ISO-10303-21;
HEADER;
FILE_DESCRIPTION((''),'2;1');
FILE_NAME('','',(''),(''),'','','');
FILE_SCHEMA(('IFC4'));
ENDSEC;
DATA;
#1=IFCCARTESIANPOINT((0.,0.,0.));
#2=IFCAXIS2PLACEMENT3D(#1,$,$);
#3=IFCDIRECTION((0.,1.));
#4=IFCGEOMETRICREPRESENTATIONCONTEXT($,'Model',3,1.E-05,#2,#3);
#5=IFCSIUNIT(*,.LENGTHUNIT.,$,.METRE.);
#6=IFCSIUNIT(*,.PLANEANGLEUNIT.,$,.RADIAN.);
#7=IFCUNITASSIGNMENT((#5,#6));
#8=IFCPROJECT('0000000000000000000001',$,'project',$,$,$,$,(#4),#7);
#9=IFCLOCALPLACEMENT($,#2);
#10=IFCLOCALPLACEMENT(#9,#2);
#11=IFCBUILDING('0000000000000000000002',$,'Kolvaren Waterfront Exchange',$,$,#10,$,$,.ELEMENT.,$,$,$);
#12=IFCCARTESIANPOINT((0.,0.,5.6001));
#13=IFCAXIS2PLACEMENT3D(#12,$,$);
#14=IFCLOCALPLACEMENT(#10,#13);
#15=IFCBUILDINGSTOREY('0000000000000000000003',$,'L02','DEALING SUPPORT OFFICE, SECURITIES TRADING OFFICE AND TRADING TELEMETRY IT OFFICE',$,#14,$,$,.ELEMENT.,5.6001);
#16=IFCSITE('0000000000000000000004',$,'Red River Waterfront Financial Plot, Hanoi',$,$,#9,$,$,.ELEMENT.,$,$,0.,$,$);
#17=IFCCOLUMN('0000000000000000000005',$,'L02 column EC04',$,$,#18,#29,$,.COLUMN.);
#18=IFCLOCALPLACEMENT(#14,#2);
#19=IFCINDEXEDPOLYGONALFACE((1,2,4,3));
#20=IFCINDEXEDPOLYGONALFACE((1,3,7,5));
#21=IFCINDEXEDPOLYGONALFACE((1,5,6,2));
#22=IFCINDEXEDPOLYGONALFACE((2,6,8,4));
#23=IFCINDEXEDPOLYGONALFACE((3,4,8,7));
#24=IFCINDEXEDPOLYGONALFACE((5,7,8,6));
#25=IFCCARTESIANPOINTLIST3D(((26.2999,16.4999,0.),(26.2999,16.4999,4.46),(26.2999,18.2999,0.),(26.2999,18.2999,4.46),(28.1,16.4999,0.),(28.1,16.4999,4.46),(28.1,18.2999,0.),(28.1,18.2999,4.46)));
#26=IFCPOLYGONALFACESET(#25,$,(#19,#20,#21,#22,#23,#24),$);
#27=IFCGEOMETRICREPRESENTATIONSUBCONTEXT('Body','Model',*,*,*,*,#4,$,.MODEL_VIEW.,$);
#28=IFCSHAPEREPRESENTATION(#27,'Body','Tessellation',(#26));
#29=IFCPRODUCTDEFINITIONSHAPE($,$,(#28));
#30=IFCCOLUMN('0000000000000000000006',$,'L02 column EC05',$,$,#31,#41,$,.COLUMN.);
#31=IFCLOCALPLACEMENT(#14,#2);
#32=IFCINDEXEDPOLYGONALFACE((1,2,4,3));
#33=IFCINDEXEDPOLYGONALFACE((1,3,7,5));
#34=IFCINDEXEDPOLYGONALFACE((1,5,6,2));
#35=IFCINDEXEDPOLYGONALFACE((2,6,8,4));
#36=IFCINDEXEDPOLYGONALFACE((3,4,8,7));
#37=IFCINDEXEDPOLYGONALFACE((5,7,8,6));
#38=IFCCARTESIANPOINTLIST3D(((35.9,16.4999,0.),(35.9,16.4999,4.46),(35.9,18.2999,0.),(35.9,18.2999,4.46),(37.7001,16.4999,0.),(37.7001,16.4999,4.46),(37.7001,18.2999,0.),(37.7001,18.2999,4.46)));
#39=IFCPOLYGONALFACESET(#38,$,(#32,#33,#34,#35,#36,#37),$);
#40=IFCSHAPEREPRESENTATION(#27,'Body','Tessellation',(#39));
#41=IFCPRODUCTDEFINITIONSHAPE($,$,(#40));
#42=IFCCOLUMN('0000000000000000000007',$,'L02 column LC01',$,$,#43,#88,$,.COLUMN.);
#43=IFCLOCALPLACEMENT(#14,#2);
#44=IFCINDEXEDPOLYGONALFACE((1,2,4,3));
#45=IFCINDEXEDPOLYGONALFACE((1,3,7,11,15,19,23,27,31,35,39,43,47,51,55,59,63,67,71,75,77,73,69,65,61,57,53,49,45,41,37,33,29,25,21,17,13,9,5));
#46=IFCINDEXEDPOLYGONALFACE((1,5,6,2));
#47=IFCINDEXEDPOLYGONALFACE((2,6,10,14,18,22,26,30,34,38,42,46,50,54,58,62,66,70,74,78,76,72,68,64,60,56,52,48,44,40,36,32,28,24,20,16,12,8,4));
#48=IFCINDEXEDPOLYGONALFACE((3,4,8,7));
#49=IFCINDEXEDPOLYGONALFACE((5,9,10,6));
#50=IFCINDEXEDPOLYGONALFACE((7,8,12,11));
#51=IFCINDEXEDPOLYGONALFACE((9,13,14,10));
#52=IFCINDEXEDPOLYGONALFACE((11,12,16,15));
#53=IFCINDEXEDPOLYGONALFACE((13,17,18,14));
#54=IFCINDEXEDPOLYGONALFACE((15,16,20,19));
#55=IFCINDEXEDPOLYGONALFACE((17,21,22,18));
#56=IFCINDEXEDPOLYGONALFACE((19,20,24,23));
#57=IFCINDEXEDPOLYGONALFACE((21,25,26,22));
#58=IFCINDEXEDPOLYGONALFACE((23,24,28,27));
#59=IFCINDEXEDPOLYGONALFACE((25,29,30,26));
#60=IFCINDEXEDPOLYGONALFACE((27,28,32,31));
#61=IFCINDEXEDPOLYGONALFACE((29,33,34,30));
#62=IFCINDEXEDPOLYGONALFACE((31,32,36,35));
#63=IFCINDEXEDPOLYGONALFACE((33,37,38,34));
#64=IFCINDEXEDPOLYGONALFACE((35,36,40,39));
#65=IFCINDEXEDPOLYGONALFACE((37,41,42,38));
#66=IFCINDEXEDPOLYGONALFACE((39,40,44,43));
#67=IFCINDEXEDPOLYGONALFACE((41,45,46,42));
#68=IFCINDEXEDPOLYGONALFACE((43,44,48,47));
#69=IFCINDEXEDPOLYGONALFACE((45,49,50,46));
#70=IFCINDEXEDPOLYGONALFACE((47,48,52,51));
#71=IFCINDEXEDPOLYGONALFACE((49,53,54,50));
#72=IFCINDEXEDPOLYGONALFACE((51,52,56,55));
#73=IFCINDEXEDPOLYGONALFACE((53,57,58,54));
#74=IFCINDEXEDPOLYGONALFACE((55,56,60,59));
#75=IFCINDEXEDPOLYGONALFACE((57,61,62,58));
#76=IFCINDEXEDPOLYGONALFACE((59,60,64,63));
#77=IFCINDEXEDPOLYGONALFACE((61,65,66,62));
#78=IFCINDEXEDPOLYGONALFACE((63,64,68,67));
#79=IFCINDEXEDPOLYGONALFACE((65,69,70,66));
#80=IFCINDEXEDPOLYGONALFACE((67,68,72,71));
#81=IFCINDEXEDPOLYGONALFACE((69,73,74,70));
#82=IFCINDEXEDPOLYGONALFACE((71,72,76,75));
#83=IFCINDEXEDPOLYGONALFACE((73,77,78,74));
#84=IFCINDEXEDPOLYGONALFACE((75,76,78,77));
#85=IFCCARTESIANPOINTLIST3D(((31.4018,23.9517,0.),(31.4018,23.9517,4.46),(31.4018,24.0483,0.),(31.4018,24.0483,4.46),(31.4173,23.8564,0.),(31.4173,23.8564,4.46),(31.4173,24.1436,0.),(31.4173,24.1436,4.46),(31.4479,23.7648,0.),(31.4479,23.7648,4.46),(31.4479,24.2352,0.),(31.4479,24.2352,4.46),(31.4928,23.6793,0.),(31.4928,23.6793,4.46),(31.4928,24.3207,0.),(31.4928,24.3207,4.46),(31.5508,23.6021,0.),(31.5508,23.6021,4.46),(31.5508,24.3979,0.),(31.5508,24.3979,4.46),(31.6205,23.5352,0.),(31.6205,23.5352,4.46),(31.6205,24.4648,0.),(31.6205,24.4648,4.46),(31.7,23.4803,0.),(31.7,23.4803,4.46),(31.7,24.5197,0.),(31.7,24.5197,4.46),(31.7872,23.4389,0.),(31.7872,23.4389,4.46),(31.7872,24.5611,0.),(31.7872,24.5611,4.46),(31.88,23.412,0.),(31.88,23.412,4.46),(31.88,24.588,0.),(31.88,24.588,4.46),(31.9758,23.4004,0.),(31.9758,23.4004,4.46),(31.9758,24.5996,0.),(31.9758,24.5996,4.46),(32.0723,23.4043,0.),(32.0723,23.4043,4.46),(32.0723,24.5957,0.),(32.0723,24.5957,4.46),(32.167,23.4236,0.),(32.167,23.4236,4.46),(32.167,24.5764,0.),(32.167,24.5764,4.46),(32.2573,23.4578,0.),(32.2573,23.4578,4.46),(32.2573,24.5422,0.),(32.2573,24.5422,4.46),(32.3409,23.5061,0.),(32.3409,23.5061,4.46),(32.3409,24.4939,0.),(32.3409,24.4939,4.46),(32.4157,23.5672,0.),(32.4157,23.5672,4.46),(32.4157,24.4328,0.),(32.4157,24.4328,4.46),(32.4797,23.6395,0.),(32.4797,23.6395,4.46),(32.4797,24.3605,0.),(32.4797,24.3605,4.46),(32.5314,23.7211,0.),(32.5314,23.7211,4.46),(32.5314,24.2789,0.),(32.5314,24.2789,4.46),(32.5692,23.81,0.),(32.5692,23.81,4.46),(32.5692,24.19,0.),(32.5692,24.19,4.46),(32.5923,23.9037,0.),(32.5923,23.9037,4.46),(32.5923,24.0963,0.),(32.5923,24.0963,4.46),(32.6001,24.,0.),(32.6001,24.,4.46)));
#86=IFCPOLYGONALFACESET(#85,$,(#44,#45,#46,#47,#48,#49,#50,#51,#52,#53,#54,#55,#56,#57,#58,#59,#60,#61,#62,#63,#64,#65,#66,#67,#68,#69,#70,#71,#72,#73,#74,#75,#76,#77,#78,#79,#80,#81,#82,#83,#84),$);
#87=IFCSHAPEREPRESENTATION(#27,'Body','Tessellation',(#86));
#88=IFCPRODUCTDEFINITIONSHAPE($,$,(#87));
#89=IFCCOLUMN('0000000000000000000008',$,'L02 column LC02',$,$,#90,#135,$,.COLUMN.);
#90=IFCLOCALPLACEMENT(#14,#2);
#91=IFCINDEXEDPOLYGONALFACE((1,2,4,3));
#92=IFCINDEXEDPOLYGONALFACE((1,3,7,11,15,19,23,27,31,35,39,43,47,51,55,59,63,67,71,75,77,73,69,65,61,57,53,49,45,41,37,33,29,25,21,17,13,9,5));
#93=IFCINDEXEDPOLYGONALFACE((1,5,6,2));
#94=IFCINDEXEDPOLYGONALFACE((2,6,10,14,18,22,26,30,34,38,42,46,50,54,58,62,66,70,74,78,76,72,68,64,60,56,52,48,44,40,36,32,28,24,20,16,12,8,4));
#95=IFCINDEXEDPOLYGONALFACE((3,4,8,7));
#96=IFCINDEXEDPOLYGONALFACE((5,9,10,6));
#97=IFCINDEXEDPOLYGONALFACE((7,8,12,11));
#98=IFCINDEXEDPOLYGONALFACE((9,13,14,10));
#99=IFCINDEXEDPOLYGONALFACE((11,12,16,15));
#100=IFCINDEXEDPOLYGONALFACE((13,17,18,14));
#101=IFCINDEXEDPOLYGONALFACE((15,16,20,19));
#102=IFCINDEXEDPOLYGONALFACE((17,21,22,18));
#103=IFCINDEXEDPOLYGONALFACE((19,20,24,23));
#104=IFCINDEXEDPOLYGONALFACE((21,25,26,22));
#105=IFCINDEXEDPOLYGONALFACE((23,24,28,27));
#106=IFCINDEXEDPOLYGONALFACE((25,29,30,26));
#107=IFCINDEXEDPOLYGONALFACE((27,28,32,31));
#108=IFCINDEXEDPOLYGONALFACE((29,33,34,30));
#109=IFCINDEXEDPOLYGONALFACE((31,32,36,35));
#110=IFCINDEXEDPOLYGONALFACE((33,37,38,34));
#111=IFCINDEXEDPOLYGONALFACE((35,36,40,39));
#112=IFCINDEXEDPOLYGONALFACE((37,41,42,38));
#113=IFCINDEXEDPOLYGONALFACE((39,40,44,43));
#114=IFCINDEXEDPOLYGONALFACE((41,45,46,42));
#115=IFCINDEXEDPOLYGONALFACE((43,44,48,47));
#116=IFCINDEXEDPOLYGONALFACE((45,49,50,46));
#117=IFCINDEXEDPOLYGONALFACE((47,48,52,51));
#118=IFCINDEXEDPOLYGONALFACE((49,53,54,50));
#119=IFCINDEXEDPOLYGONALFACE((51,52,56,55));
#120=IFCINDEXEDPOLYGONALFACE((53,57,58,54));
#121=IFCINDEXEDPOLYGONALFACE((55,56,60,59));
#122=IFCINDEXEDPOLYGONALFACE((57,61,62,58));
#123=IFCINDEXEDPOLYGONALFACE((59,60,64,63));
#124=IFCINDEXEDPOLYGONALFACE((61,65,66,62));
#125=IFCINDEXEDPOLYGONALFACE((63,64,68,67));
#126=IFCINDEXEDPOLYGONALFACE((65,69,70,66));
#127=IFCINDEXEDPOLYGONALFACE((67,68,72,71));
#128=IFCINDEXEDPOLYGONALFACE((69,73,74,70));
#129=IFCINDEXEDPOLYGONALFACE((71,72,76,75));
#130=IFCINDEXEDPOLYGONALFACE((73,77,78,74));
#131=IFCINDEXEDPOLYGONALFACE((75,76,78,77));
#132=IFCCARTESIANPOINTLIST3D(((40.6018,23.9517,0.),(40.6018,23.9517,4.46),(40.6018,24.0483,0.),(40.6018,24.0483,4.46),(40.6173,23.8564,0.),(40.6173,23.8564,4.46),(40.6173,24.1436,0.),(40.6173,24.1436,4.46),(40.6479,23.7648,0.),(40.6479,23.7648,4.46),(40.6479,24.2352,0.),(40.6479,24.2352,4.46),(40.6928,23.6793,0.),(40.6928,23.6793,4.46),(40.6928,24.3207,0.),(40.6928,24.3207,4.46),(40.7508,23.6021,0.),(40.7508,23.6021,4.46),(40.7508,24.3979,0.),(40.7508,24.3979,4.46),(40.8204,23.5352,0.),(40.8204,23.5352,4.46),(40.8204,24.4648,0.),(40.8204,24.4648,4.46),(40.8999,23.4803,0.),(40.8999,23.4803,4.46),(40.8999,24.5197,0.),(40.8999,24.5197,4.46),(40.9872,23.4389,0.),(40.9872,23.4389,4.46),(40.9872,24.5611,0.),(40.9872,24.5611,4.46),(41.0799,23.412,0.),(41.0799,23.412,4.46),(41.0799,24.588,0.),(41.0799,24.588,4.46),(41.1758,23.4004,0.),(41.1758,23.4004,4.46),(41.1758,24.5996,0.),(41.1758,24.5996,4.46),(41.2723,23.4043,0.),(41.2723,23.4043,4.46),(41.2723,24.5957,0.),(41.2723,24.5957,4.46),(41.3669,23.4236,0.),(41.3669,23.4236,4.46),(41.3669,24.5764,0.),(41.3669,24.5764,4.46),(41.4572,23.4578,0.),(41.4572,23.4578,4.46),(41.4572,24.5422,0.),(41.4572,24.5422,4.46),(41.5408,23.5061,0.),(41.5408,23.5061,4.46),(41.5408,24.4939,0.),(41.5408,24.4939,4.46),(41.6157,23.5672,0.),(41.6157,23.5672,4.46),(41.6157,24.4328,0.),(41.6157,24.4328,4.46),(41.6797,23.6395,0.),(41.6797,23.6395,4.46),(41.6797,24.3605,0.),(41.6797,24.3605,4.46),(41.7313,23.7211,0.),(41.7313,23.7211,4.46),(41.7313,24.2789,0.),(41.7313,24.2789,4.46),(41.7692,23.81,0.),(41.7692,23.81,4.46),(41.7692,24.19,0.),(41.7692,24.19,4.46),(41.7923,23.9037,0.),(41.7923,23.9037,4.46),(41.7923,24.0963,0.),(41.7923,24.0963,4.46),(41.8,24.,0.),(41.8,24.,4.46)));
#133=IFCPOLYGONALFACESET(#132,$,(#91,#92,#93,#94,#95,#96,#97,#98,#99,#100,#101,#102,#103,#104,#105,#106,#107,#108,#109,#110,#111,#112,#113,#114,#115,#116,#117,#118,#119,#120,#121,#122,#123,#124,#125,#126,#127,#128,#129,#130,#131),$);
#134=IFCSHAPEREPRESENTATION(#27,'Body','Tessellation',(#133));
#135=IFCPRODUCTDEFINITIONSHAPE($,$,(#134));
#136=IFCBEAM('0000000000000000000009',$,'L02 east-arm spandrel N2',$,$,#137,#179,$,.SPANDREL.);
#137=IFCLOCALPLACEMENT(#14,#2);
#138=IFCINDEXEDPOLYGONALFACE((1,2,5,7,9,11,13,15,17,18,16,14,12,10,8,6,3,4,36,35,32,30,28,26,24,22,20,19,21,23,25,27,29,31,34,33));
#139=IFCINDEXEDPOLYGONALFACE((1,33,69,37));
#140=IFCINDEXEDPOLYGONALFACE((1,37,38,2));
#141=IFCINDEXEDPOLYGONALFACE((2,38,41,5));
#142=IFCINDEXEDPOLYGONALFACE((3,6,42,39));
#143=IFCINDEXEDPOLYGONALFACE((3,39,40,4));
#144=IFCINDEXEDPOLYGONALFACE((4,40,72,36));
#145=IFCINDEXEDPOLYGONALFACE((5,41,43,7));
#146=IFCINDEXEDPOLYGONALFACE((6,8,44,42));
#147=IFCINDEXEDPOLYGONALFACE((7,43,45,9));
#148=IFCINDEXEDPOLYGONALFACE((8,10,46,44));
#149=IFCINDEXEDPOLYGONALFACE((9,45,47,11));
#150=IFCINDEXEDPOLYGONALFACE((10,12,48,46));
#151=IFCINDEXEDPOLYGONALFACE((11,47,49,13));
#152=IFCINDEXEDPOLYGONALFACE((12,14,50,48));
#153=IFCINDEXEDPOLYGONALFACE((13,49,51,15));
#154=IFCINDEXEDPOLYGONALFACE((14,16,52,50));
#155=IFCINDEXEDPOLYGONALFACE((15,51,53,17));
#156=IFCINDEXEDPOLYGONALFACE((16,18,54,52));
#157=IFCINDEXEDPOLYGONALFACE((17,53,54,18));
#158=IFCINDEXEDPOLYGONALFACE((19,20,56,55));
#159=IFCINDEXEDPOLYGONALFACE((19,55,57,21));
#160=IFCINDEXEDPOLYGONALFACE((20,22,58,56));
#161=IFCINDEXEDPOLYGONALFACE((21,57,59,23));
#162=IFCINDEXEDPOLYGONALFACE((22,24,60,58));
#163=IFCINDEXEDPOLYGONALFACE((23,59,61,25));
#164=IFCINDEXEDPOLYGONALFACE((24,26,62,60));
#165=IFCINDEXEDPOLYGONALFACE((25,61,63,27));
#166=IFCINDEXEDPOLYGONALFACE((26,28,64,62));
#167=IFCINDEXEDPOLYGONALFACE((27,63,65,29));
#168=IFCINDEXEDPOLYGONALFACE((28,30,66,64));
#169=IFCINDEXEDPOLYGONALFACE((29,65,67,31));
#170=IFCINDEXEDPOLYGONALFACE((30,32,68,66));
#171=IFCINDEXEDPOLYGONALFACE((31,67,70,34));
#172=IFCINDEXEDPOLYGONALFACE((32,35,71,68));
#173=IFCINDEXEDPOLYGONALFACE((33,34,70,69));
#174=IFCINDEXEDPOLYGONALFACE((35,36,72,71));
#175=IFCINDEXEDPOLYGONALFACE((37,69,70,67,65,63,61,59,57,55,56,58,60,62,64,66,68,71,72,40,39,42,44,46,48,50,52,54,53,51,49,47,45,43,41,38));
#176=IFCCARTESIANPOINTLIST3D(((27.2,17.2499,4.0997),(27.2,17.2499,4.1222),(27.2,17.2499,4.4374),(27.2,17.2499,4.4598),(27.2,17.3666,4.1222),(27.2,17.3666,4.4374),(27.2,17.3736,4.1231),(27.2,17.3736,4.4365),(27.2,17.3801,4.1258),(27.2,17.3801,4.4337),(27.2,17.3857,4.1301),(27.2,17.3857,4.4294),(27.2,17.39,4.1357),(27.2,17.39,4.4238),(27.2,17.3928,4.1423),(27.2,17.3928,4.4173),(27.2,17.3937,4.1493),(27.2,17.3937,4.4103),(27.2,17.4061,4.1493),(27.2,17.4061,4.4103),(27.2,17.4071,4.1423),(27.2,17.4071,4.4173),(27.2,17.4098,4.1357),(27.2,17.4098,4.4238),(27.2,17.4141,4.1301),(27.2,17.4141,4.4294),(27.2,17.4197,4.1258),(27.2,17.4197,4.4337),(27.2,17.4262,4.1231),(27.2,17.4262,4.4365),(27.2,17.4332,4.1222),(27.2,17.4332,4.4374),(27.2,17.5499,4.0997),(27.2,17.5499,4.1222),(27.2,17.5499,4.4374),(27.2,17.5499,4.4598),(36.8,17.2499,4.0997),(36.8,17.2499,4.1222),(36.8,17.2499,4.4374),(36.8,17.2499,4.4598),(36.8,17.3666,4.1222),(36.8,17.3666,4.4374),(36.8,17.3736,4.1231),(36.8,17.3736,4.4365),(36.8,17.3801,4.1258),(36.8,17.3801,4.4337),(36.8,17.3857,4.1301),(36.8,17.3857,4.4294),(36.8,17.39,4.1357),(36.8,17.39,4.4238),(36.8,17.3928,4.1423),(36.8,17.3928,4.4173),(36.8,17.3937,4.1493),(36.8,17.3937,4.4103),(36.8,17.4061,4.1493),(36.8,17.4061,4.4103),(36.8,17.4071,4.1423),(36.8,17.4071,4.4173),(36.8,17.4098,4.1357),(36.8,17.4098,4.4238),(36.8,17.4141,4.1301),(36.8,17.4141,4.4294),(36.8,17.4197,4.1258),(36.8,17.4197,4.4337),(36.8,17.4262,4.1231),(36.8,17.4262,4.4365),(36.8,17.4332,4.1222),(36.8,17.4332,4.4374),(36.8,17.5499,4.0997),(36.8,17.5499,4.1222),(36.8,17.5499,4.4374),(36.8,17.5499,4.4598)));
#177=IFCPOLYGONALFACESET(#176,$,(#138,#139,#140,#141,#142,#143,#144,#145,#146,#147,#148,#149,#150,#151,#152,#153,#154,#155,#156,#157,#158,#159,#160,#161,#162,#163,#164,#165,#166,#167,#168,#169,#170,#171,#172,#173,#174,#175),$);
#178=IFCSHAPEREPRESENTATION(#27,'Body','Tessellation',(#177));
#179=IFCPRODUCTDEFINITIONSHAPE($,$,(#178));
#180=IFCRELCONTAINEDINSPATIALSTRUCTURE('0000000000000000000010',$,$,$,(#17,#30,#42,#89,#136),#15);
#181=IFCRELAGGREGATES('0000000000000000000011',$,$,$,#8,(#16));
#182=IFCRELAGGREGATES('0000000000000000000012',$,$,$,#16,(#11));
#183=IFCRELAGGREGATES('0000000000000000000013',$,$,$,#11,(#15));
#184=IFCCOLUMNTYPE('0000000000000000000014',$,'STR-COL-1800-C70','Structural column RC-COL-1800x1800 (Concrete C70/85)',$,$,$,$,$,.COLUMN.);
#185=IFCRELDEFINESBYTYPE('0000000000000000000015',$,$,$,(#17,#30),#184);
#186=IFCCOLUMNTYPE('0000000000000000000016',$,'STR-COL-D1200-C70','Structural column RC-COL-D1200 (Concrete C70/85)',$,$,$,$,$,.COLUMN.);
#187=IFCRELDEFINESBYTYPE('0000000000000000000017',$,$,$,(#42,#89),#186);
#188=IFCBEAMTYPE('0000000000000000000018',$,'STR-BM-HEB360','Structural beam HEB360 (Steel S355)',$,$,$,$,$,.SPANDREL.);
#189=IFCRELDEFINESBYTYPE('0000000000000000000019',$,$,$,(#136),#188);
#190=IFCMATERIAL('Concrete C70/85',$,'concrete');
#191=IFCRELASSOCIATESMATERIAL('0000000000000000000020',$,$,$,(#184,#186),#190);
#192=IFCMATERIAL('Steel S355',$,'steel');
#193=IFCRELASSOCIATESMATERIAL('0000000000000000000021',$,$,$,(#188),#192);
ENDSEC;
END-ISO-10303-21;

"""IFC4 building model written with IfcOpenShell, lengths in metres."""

from ifc_helpers import new_model, si_unit, direction, frame, origin, origin_2d, place, context, subcontext, project, spatial, rectangle, circle, i_section, extrude, material, material_profile, profile_set, type_object, element, save


model = new_model("IFC4")

# Units and contexts
model_context = context("Model", 3, precision=1e-05, world=origin(), true_north=direction((0.0, 1.0)))
body_context = subcontext(model_context, "Body", "Model", "MODEL_VIEW")
ifc_project = project(units=[si_unit("LENGTHUNIT", "METRE"), si_unit("PLANEANGLEUNIT", "RADIAN")], contexts=[model_context])

# Site, building, storey
site_placement = place(None, origin())
site = spatial("IfcSite", under=ifc_project, at=site_placement, Name="Red River Waterfront Financial Plot, Hanoi", CompositionType="ELEMENT", RefElevation=0.0)
building_placement = place(site_placement, origin())
building = spatial("IfcBuilding", under=site, at=building_placement, Name="Kolvaren Waterfront Exchange", CompositionType="ELEMENT")
storey_placement = place(building_placement, frame((0.0, 0.0, 5.6001)))
storey = spatial("IfcBuildingStorey", under=building, at=storey_placement, Name="L02", Description="DEALING SUPPORT OFFICE, SECURITIES TRADING OFFICE AND TRADING TELEMETRY IT OFFICE", CompositionType="ELEMENT", Elevation=5.6001)

# Columns
ifc_material_1 = material(Name="Concrete C70/85", Category="concrete")
ifc_material_profile_1 = material_profile(ifc_material_1, rectangle(XDim=1.8, YDim=1.8, at=origin_2d()), Name="RC-COL-1800x1800")
ifc_profile_set_1 = profile_set([ifc_material_profile_1], Name="Concrete C70/85")
column_type_1 = type_object("IfcColumnType", Name="STR-COL-1800-C70", Description="Structural column RC-COL-1800x1800 (Concrete C70/85)", PredefinedType="COLUMN", material=ifc_profile_set_1)
for number, where, z_axis, x_axis, name in (
    (1, (27.2, 17.3999, 0.0), (0.0, 0.0, 1.0), (1.0, 0.0, 0.0), "L02 column EC04"),
    (2, (36.8, 17.3999, 0.0), (0.0, 0.0, 1.0), (1.0, 0.0, 0.0), "L02 column EC05"),
):
    element("IfcColumn", number, at=place(storey_placement, frame(where, z_axis=z_axis, x_axis=x_axis)), inside=storey, type_object=column_type_1, Name=name, PredefinedType="COLUMN", context=body_context, shape_type="SweptSolid", body=[
        extrude(rectangle(XDim=1.8, YDim=1.8, at=origin_2d()), origin(), (0.0, 0.0, 1.0), 4.46),
    ])
ifc_material_profile_2 = material_profile(ifc_material_1, circle(Radius=0.6001, at=origin_2d()), Name="RC-COL-D1200")
ifc_profile_set_2 = profile_set([ifc_material_profile_2], Name="Concrete C70/85")
column_type_2 = type_object("IfcColumnType", Name="STR-COL-D1200-C70", Description="Structural column RC-COL-D1200 (Concrete C70/85)", PredefinedType="COLUMN", material=ifc_profile_set_2)
for number, where, z_axis, x_axis, name in (
    (3, (32.0, 24.0, 0.0), (0.0, 0.0, 1.0), (1.0, 0.0, 0.0), "L02 column LC01"),
    (4, (41.2, 24.0, 0.0), (0.0, 0.0, 1.0), (1.0, 0.0, 0.0), "L02 column LC02"),
):
    element("IfcColumn", number, at=place(storey_placement, frame(where, z_axis=z_axis, x_axis=x_axis)), inside=storey, type_object=column_type_2, Name=name, PredefinedType="COLUMN", context=body_context, shape_type="SweptSolid", body=[
        extrude(circle(Radius=0.6001, at=origin_2d()), origin(), (0.0, 0.0, 1.0), 4.46),
    ])

# Beam
ifc_material_2 = material(Name="Steel S355", Category="steel")
ifc_material_profile_3 = material_profile(ifc_material_2, i_section(OverallWidth=0.3, OverallDepth=0.3601, WebThickness=0.0125, FlangeThickness=0.0225, FilletRadius=0.0271, at=origin_2d()), Name="HEB360")
ifc_profile_set_3 = profile_set([ifc_material_profile_3], Name="Steel S355")
beam_type_1 = type_object("IfcBeamType", Name="STR-BM-HEB360", Description="Structural beam HEB360 (Steel S355)", PredefinedType="SPANDREL", material=ifc_profile_set_3)
beam_1_placement = place(storey_placement, frame((27.2, 17.3999, 4.2798), z_axis=(1.0, 0.0, 0.0), x_axis=(0.0, 1.0, 0.0)))
element("IfcBeam", 5, at=beam_1_placement, inside=storey, type_object=beam_type_1, Name="L02 east-arm spandrel N2", PredefinedType="SPANDREL", context=body_context, shape_type="SweptSolid", body=[
    extrude(i_section(OverallWidth=0.3, OverallDepth=0.3601, WebThickness=0.0125, FlangeThickness=0.0225, FilletRadius=0.0271, at=origin_2d()), origin(), (0.0, 0.0, 1.0), 9.6001),
])

save(model, "model.ifc")
